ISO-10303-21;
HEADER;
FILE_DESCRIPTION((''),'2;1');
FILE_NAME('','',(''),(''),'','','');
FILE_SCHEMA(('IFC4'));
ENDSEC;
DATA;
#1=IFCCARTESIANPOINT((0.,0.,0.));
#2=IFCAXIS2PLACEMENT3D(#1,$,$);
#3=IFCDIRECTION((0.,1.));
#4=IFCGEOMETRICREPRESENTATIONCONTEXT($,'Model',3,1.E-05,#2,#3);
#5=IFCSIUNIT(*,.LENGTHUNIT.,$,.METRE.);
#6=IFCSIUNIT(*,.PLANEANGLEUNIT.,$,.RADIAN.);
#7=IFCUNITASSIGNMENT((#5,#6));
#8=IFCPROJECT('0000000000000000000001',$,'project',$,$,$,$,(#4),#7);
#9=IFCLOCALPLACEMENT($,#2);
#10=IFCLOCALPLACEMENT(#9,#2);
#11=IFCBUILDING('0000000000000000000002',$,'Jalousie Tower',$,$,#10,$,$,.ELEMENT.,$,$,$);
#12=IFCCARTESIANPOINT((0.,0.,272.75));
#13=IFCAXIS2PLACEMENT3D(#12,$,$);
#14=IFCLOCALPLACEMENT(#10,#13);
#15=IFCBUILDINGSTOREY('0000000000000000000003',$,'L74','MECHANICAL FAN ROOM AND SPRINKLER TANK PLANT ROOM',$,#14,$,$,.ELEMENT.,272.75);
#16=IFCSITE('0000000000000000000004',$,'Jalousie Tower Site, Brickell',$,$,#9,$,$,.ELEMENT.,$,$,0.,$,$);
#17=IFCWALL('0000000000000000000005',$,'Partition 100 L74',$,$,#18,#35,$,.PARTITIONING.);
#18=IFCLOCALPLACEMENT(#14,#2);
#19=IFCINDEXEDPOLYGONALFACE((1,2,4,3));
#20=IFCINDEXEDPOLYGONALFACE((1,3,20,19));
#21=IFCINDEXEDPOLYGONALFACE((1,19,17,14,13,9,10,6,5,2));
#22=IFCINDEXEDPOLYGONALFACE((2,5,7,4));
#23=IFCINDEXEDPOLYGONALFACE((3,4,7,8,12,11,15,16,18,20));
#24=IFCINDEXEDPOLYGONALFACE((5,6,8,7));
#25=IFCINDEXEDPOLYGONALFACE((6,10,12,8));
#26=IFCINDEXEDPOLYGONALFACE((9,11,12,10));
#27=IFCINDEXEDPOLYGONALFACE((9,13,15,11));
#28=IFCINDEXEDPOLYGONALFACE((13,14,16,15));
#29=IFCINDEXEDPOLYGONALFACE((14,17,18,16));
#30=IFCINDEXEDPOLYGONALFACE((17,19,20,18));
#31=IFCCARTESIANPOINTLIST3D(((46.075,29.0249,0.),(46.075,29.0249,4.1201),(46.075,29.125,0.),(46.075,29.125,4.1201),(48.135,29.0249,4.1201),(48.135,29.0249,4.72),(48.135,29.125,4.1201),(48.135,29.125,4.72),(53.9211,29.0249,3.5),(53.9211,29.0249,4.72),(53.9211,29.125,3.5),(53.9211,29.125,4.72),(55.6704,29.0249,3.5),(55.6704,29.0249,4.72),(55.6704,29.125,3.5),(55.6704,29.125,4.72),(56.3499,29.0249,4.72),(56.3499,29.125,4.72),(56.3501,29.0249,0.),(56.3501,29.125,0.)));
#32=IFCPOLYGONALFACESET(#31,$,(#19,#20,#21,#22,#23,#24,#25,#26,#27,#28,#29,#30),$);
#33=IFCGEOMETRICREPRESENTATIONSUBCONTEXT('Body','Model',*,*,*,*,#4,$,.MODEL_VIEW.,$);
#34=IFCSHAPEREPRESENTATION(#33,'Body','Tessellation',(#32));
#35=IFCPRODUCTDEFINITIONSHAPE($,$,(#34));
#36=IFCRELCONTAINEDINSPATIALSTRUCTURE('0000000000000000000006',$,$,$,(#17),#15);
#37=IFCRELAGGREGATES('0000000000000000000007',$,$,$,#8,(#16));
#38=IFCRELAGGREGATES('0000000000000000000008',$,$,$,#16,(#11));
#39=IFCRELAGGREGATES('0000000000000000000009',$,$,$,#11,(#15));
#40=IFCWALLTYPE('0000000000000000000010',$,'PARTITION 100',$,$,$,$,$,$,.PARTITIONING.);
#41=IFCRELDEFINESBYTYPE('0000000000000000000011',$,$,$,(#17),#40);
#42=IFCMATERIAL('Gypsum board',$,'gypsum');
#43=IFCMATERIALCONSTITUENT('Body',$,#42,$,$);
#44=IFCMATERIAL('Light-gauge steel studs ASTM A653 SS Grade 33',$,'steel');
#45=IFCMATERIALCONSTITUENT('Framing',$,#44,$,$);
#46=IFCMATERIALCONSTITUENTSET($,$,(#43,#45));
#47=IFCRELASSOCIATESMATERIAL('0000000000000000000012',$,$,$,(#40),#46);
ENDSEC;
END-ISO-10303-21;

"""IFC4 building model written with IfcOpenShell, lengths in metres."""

from ifc_helpers import new_model, si_unit, direction, frame, origin, place, context, subcontext, project, spatial, polyline, outline, extrude, material, constituent, constituent_set, type_object, element, save


model = new_model("IFC4")

# Units and contexts
model_context = context("Model", 3, precision=1e-05, world=origin(), true_north=direction((0.0, 1.0)))
body_context = subcontext(model_context, "Body", "Model", "MODEL_VIEW")
ifc_project = project(units=[si_unit("LENGTHUNIT", "METRE"), si_unit("PLANEANGLEUNIT", "RADIAN")], contexts=[model_context])

# Site, building, storey
site_placement = place(None, origin())
site = spatial("IfcSite", under=ifc_project, at=site_placement, Name="Jalousie Tower Site, Brickell", CompositionType="ELEMENT", RefElevation=0.0)
building_placement = place(site_placement, origin())
building = spatial("IfcBuilding", under=site, at=building_placement, Name="Jalousie Tower", CompositionType="ELEMENT")
storey_placement = place(building_placement, frame((0.0, 0.0, 272.75)))
storey = spatial("IfcBuildingStorey", under=building, at=storey_placement, Name="L74", Description="MECHANICAL FAN ROOM AND SPRINKLER TANK PLANT ROOM", CompositionType="ELEMENT", Elevation=272.75)

# Wall
ifc_material_1 = material(Name="Gypsum board", Category="gypsum")
ifc_constituent_1 = constituent(ifc_material_1, Name="Body")
ifc_material_2 = material(Name="Light-gauge steel studs ASTM A653 SS Grade 33", Category="steel")
ifc_constituent_2 = constituent(ifc_material_2, Name="Framing")
ifc_constituent_set_1 = constituent_set(constituents=[ifc_constituent_1, ifc_constituent_2])
wall_type_1 = type_object("IfcWallType", Name="PARTITION 100", PredefinedType="PARTITIONING", material=ifc_constituent_set_1)
wall_1_placement = place(storey_placement, frame((46.075, 29.075, 0.0), z_axis=(0.0, 0.0, 1.0), x_axis=(1.0, 0.0, 0.0)))
element("IfcWall", 1, at=wall_1_placement, inside=storey, type_object=wall_type_1, Name="Partition 100 L74", PredefinedType="PARTITIONING", context=body_context, shape_type="SweptSolid", body=[
    extrude(outline(polyline([(0.0, 0.0), (10.2751, 0.0), (10.2749, 4.72), (9.5955, 4.72), (9.5955, 3.5), (7.8462, 3.5), (7.8462, 4.72), (2.0601, 4.72), (2.0601, 4.1201), (0.0, 4.1201), (0.0, 4.72), (0.0, 0.0)])), frame((0.0, 0.05, 0.0), z_axis=(0.0, -1.0, 0.0), x_axis=(1.0, 0.0, 0.0)), (0.0, 0.0, 1.0), 0.1001),
])

save(model, "model.ifc")
